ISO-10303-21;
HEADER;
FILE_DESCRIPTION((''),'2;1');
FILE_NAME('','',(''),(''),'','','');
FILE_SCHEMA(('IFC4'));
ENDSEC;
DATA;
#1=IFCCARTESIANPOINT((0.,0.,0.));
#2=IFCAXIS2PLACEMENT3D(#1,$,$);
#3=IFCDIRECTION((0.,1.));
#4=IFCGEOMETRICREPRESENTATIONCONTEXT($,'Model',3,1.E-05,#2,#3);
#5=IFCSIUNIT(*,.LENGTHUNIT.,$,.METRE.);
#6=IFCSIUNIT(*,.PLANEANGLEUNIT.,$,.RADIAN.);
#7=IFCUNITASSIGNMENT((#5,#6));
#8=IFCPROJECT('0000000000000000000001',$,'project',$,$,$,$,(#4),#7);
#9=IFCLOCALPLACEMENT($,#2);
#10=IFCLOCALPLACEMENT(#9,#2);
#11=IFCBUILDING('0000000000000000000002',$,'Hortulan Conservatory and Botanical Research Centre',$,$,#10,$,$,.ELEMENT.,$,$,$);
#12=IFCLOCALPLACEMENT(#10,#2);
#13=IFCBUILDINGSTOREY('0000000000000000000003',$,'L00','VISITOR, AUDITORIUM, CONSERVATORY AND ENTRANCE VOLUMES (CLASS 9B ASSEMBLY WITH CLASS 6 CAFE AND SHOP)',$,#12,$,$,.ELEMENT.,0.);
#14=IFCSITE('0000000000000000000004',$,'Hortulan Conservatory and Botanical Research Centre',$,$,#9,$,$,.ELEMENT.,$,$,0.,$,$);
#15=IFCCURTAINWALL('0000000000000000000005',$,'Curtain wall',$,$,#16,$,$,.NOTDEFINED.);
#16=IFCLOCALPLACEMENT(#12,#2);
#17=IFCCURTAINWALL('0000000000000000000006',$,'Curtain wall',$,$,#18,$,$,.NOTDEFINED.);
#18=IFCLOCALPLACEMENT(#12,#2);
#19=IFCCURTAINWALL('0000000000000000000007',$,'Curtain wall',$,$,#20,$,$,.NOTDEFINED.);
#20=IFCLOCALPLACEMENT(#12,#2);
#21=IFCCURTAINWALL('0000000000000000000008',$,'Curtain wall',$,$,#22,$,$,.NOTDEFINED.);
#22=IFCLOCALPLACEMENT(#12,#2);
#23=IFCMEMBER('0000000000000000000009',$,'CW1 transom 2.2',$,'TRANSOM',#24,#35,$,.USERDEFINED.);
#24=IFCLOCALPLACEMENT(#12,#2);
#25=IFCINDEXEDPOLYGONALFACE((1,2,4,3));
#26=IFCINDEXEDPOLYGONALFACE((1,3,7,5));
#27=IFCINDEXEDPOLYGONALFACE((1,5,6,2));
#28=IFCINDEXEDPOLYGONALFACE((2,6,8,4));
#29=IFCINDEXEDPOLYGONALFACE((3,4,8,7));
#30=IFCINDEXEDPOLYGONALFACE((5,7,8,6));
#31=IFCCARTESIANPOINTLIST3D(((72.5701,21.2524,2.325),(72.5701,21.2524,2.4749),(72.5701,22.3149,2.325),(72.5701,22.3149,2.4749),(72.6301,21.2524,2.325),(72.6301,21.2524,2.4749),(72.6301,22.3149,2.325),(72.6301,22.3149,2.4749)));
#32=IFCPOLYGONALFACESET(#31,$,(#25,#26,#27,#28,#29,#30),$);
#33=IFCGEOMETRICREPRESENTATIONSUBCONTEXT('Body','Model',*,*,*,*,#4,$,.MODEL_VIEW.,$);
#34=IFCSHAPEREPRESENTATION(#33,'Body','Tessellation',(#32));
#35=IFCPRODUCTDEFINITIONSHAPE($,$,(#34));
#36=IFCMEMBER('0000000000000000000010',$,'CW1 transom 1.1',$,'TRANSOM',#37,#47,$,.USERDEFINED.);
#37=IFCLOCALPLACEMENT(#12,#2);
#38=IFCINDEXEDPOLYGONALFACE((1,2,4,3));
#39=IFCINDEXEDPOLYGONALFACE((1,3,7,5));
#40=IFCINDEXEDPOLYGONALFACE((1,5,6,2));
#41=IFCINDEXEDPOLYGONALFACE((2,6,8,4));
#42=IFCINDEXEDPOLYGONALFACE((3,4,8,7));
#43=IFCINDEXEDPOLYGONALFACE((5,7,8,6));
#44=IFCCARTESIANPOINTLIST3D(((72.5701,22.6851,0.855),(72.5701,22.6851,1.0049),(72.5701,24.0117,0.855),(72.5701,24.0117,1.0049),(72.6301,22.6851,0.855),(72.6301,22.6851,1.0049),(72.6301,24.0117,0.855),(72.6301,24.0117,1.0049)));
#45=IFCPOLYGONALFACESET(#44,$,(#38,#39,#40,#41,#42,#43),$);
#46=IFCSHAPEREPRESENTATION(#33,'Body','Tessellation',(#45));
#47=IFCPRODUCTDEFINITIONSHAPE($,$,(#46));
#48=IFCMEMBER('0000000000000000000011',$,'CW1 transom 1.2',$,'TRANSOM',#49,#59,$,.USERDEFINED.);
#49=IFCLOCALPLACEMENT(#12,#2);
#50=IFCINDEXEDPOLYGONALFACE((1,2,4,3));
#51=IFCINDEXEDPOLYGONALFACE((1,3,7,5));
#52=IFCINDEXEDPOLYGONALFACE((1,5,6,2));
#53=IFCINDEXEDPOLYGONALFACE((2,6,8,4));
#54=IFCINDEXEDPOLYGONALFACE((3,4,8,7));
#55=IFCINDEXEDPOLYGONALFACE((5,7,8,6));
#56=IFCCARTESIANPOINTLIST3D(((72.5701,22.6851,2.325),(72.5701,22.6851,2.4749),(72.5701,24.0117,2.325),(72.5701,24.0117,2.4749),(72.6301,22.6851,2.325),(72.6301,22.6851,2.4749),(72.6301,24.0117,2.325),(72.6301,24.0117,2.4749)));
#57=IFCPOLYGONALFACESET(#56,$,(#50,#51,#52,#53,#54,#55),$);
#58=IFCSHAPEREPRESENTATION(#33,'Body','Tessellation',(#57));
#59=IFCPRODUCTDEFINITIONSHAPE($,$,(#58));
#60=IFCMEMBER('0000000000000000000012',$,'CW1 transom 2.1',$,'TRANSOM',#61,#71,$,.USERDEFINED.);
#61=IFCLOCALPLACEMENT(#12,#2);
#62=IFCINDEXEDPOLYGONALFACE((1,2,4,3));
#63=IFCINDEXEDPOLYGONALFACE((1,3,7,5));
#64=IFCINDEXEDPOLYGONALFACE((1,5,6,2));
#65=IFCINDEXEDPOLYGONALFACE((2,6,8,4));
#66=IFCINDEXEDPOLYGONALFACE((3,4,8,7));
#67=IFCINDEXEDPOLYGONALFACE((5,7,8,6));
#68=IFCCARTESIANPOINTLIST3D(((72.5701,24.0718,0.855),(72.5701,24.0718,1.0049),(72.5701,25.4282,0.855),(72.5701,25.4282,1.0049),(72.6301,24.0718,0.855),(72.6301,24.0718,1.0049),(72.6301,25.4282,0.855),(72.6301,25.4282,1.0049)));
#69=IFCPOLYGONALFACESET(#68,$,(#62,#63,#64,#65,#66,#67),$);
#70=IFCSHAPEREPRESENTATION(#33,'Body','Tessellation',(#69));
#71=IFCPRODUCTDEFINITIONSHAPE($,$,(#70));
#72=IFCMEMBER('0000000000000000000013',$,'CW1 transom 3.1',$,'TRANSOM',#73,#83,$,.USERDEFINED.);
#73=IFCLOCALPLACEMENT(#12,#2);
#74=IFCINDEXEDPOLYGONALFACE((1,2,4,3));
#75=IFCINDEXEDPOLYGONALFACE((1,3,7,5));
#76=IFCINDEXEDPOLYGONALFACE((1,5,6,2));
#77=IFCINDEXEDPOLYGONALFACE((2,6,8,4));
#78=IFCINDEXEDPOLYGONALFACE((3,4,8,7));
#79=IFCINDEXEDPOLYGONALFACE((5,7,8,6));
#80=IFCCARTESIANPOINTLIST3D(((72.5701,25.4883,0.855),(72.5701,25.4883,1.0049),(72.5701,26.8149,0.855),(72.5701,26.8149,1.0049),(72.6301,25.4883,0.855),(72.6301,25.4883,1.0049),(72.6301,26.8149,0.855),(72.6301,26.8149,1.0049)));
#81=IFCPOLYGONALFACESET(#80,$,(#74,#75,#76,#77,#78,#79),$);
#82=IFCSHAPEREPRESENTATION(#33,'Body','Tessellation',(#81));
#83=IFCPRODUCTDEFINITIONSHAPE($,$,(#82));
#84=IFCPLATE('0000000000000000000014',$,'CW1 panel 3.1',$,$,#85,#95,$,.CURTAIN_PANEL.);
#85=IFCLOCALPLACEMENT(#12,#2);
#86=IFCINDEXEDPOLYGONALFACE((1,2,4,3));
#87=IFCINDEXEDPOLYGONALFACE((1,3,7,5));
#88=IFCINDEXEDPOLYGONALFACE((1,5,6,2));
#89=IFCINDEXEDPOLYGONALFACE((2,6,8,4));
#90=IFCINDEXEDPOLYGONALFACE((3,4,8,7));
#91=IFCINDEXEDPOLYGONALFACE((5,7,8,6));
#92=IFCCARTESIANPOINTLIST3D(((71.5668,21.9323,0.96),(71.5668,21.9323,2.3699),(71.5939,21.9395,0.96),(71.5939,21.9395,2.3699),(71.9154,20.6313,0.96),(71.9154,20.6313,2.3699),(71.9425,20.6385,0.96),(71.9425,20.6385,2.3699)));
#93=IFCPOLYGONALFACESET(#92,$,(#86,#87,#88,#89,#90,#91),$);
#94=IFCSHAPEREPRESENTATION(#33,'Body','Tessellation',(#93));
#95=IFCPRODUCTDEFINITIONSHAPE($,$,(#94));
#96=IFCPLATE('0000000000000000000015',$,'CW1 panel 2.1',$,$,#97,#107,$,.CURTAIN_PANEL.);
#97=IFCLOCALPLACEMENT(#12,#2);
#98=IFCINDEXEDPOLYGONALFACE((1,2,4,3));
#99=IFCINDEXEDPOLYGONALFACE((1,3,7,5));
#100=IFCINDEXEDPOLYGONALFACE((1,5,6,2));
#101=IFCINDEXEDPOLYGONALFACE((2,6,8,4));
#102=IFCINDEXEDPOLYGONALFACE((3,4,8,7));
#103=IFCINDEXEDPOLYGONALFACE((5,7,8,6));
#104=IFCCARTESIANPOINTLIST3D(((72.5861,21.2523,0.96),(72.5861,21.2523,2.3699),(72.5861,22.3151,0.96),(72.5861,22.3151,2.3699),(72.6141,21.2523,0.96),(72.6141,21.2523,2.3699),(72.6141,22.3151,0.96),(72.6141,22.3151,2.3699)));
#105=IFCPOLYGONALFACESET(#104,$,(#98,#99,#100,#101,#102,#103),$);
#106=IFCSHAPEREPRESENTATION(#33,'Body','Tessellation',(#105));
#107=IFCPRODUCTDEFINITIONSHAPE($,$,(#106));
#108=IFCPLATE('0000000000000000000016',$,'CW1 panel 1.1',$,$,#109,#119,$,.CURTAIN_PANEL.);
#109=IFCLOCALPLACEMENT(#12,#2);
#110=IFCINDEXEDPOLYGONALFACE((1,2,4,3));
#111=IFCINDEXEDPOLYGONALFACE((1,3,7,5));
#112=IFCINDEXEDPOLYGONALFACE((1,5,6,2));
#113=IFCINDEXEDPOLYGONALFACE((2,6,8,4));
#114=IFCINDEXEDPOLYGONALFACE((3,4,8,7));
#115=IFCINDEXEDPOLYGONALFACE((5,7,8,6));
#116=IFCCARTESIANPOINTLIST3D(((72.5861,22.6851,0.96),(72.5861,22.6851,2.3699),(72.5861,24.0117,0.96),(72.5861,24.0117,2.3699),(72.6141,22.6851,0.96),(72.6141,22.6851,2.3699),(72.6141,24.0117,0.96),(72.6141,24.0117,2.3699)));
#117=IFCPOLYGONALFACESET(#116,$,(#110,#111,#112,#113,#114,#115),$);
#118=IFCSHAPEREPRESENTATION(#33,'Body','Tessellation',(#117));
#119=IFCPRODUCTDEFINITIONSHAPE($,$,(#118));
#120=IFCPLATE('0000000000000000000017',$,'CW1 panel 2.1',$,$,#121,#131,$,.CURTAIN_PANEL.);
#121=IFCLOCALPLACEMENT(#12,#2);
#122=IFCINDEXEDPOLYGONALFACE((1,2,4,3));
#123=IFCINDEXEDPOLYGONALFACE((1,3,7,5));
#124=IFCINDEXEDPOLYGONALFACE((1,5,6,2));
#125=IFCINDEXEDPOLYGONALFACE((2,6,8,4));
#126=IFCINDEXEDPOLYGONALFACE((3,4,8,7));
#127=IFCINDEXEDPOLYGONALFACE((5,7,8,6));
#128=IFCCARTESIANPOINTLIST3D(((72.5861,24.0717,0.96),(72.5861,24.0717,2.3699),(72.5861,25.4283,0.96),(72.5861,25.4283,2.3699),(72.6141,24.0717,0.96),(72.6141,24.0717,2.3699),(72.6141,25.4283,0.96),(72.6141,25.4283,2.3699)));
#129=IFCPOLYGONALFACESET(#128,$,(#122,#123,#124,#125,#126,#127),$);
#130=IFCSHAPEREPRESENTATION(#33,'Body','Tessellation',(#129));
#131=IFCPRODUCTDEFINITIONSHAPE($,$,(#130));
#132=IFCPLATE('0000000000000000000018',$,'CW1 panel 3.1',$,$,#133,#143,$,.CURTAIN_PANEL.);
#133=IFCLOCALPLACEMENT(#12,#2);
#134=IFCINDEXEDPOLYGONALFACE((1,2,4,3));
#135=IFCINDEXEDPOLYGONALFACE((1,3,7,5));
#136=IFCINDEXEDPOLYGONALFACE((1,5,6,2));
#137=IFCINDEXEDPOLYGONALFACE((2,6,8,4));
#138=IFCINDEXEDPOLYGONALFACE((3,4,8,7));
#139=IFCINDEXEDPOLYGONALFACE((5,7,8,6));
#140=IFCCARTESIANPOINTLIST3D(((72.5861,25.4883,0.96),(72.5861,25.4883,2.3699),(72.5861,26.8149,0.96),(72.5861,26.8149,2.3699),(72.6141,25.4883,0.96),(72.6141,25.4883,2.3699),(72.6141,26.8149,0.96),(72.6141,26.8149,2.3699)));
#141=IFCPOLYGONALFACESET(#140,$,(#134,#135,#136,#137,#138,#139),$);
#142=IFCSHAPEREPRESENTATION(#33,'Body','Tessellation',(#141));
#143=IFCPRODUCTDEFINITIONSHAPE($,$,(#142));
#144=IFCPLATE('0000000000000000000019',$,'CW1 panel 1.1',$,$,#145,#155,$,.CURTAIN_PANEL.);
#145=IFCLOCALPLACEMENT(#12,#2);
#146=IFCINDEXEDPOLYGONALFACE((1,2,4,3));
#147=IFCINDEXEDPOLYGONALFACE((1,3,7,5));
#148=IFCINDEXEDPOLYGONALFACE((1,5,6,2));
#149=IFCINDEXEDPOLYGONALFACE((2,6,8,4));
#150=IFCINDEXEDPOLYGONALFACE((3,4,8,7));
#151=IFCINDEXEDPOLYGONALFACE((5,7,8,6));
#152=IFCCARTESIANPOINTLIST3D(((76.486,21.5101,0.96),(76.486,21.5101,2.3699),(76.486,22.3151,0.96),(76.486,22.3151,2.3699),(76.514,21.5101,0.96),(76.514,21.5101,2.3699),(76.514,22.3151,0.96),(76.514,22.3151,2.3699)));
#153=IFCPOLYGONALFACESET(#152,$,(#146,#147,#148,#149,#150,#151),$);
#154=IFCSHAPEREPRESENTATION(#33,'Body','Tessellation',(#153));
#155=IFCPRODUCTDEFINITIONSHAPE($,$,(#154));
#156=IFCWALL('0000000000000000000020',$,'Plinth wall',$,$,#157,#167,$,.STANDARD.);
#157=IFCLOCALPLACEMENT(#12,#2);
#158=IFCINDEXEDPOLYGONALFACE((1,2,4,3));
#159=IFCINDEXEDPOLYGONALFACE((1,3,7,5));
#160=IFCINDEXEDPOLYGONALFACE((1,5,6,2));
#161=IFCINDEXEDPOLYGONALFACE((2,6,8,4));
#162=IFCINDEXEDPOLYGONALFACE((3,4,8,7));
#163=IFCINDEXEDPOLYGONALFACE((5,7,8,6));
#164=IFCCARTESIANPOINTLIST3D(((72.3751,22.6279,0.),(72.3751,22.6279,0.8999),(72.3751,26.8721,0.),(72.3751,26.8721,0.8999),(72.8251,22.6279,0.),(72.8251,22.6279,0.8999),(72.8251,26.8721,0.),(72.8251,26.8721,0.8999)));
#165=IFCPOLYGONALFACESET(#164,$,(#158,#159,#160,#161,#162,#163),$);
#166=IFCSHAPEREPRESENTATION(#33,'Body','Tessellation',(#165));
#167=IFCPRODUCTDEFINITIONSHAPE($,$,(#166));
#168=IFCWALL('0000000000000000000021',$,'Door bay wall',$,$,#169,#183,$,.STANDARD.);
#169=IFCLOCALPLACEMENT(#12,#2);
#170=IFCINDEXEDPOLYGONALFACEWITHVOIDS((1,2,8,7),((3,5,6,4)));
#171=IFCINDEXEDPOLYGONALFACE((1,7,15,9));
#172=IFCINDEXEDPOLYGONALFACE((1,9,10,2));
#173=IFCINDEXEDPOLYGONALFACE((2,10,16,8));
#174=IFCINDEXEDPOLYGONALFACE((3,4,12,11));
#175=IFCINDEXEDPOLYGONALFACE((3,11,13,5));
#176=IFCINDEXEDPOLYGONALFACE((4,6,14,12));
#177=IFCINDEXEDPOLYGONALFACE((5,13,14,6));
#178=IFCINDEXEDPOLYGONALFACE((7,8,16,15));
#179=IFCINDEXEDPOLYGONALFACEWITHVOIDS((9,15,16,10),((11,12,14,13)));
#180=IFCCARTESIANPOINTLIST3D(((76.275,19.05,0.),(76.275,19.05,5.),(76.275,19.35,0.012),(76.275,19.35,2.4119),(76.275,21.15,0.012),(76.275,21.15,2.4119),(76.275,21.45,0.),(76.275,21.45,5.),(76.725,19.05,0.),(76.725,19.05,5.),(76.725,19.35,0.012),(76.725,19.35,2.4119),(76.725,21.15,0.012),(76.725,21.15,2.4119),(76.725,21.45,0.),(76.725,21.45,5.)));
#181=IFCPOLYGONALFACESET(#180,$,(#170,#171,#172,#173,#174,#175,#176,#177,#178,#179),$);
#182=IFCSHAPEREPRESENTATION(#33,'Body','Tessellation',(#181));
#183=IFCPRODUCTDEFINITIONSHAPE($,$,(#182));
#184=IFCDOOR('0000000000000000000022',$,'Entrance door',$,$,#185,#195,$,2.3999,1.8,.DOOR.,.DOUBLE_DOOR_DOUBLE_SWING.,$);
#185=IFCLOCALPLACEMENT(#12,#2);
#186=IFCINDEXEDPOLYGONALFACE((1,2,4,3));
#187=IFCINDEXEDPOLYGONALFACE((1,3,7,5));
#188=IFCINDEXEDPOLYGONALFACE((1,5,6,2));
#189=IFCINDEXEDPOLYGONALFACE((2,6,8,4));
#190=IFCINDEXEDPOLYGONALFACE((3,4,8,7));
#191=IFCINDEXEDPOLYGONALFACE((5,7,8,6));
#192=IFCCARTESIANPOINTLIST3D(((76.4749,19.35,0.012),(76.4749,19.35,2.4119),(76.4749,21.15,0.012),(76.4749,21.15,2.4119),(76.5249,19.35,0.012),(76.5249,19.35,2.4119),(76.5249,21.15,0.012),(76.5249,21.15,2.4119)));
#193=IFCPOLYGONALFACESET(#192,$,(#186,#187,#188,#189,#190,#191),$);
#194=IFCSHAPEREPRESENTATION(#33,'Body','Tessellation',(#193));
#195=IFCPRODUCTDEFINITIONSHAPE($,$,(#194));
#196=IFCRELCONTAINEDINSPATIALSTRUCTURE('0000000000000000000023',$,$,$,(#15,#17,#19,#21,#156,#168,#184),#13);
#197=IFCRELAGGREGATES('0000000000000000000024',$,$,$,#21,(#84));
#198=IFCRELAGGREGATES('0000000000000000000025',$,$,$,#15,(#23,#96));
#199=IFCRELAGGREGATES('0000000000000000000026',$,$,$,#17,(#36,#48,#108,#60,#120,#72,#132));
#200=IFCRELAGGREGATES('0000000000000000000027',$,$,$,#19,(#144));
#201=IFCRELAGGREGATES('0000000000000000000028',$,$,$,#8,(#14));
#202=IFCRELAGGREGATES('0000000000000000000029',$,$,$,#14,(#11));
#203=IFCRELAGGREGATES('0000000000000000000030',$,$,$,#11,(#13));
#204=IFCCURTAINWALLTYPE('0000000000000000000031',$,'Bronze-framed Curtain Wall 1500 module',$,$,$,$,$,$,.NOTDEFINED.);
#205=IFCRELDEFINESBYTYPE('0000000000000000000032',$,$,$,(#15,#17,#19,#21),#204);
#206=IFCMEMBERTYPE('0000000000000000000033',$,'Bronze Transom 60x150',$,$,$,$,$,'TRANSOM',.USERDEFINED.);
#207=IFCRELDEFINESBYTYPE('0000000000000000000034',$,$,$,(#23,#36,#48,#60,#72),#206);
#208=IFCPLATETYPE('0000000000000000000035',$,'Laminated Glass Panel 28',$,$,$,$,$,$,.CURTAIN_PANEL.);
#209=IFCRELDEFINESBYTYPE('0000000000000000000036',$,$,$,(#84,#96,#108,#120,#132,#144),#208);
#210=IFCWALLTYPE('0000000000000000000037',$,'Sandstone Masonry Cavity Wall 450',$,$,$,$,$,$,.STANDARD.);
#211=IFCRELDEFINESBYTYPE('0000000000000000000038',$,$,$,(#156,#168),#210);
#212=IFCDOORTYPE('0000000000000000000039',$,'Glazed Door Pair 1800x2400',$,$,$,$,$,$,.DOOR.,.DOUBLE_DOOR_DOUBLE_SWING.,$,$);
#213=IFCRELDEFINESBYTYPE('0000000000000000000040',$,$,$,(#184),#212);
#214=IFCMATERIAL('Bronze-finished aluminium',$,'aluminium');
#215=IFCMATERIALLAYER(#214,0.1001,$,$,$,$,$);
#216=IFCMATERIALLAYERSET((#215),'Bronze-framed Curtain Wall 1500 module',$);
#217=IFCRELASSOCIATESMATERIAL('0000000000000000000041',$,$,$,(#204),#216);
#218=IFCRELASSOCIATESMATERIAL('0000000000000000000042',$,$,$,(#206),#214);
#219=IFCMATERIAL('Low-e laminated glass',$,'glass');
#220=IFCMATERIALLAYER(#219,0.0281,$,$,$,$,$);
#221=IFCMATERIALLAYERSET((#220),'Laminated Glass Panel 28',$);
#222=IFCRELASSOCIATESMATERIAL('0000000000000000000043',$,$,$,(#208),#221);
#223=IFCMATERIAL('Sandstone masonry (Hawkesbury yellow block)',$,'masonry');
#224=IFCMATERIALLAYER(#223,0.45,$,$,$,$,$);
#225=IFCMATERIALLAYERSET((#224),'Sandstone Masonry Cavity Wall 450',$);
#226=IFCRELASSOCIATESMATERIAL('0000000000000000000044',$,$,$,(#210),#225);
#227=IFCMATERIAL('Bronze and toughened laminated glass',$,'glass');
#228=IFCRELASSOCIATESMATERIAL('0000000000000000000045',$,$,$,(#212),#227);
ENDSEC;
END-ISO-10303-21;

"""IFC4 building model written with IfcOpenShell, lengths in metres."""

from ifc_helpers import new_model, si_unit, direction, frame, frame_2d, origin, origin_2d, place, context, subcontext, project, spatial, rectangle, extrude, material, layer, layer_set, material_profile, profile_set, type_object, element, fill, aggregate, save


model = new_model("IFC4")

# Units and contexts
model_context = context("Model", 3, precision=1e-05, world=origin(), true_north=direction((0.0, 1.0)))
body_context = subcontext(model_context, "Body", "Model", "MODEL_VIEW")
ifc_project = project(units=[si_unit("LENGTHUNIT", "METRE"), si_unit("PLANEANGLEUNIT", "RADIAN")], contexts=[model_context])

# Site, building, storey
site_placement = place(None, origin())
site = spatial("IfcSite", under=ifc_project, at=site_placement, Name="Hortulan Conservatory and Botanical Research Centre", CompositionType="ELEMENT", RefElevation=0.0)
building_placement = place(site_placement, origin())
building = spatial("IfcBuilding", under=site, at=building_placement, Name="Hortulan Conservatory and Botanical Research Centre", CompositionType="ELEMENT")
storey_placement = place(building_placement, origin())
storey = spatial("IfcBuildingStorey", under=building, at=storey_placement, Name="L00", Description="VISITOR, AUDITORIUM, CONSERVATORY AND ENTRANCE VOLUMES (CLASS 9B ASSEMBLY WITH CLASS 6 CAFE AND SHOP)", CompositionType="ELEMENT", Elevation=0.0)

# Curtain walls
ifc_material_1 = material(Name="Bronze-finished aluminium", Category="aluminium")
ifc_layer_1 = layer(ifc_material_1, 0.1001)
ifc_layer_set_1 = layer_set([ifc_layer_1], Name="Bronze-framed Curtain Wall 1500 module")
curtain_wall_type = type_object("IfcCurtainWallType", Name="Bronze-framed Curtain Wall 1500 module", PredefinedType="NOTDEFINED", material=ifc_layer_set_1)
curtain_wall_1_placement = place(storey_placement, origin())
curtain_wall_1 = element("IfcCurtainWall", 1, at=curtain_wall_1_placement, inside=storey, type_object=curtain_wall_type, Name="Curtain wall", PredefinedType="NOTDEFINED")
curtain_wall_2_placement = place(storey_placement, origin())
curtain_wall_2 = element("IfcCurtainWall", 2, at=curtain_wall_2_placement, inside=storey, type_object=curtain_wall_type, Name="Curtain wall", PredefinedType="NOTDEFINED")

# Curtain wall
curtain_wall_3_placement = place(storey_placement, origin())
curtain_wall_3 = element("IfcCurtainWall", 3, at=curtain_wall_3_placement, inside=storey, type_object=curtain_wall_type, Name="Curtain wall", PredefinedType="NOTDEFINED")

# Curtain wall
curtain_wall_4_placement = place(storey_placement, origin())
curtain_wall_4 = element("IfcCurtainWall", 4, at=curtain_wall_4_placement, inside=storey, type_object=curtain_wall_type, Name="Curtain wall", PredefinedType="NOTDEFINED")
ifc_material_profile_1 = material_profile(ifc_material_1, rectangle(XDim=0.0601, YDim=0.1499, at=origin_2d()), Name="Bronze Transom 60x150")
ifc_profile_set_1 = profile_set([ifc_material_profile_1], Name="Bronze-finished aluminium")
member_type_1 = type_object("IfcMemberType", Name="Bronze Transom 60x150", ElementType="TRANSOM", PredefinedType="USERDEFINED", material=ifc_profile_set_1)

# Members
member_1_placement = place(storey_placement, frame((72.6001, 21.2524, 2.3999), z_axis=(0.0, 1.0, 0.0), x_axis=(-1.0, 0.0, 0.0)))
member_1 = element("IfcMember", 5, at=member_1_placement, type_object=member_type_1, Name="CW1 transom 2.2", ObjectType="TRANSOM", PredefinedType="USERDEFINED", context=body_context, shape_type="SweptSolid", body=[
    extrude(rectangle(XDim=0.0601, YDim=0.1499, at=origin_2d()), origin(), (0.0, 0.0, 1.0), 1.0625),
])
member_2_placement = place(storey_placement, frame((72.6001, 22.6851, 0.9299), z_axis=(0.0, 1.0, 0.0), x_axis=(-1.0, 0.0, 0.0)))
member_2 = element("IfcMember", 6, at=member_2_placement, type_object=member_type_1, Name="CW1 transom 1.1", ObjectType="TRANSOM", PredefinedType="USERDEFINED", context=body_context, shape_type="SweptSolid", body=[
    extrude(rectangle(XDim=0.0601, YDim=0.1499, at=origin_2d()), origin(), (0.0, 0.0, 1.0), 1.3267),
])
member_3_placement = place(storey_placement, frame((72.6001, 22.6851, 2.3999), z_axis=(0.0, 1.0, 0.0), x_axis=(-1.0, 0.0, 0.0)))
member_3 = element("IfcMember", 7, at=member_3_placement, type_object=member_type_1, Name="CW1 transom 1.2", ObjectType="TRANSOM", PredefinedType="USERDEFINED", context=body_context, shape_type="SweptSolid", body=[
    extrude(rectangle(XDim=0.0601, YDim=0.1499, at=origin_2d()), origin(), (0.0, 0.0, 1.0), 1.3267),
])
member_4_placement = place(storey_placement, frame((72.6001, 24.0718, 0.9299), z_axis=(0.0, 1.0, 0.0), x_axis=(-1.0, 0.0, 0.0)))
member_4 = element("IfcMember", 8, at=member_4_placement, type_object=member_type_1, Name="CW1 transom 2.1", ObjectType="TRANSOM", PredefinedType="USERDEFINED", context=body_context, shape_type="SweptSolid", body=[
    extrude(rectangle(XDim=0.0601, YDim=0.1499, at=origin_2d()), origin(), (0.0, 0.0, 1.0), 1.3564),
])
member_5_placement = place(storey_placement, frame((72.6001, 25.4883, 0.9299), z_axis=(0.0, 1.0, 0.0), x_axis=(-1.0, 0.0, 0.0)))
member_5 = element("IfcMember", 9, at=member_5_placement, type_object=member_type_1, Name="CW1 transom 3.1", ObjectType="TRANSOM", PredefinedType="USERDEFINED", context=body_context, shape_type="SweptSolid", body=[
    extrude(rectangle(XDim=0.0601, YDim=0.1499, at=origin_2d()), origin(), (0.0, 0.0, 1.0), 1.3267),
])

# Plates
ifc_material_2 = material(Name="Low-e laminated glass", Category="glass")
ifc_layer_2 = layer(ifc_material_2, 0.0281)
ifc_layer_set_2 = layer_set([ifc_layer_2], Name="Laminated Glass Panel 28")
plate_type = type_object("IfcPlateType", Name="Laminated Glass Panel 28", PredefinedType="CURTAIN_PANEL", material=ifc_layer_set_2)
plate_1_placement = place(storey_placement, frame((71.7546, 21.2854, 0.96), z_axis=(0.0, 0.0, 1.0), x_axis=(0.258832, -0.965922, 0.0)))
plate_1 = element("IfcPlate", 10, at=plate_1_placement, type_object=plate_type, Name="CW1 panel 3.1", PredefinedType="CURTAIN_PANEL", context=body_context, shape_type="SweptSolid", body=[
    extrude(rectangle(XDim=1.3469, YDim=0.0281, at=origin_2d()), origin(), (0.0, 0.0, 1.0), 1.4099),
])
aggregate(curtain_wall_4, [plate_1])
plate_2_placement = place(storey_placement, frame((72.6001, 21.7837, 0.96), z_axis=(0.0, 0.0, 1.0), x_axis=(0.0, 1.0, 0.0)))
plate_2 = element("IfcPlate", 11, at=plate_2_placement, type_object=plate_type, Name="CW1 panel 2.1", PredefinedType="CURTAIN_PANEL", context=body_context, shape_type="SweptSolid", body=[
    extrude(rectangle(XDim=1.0627, YDim=0.0281, at=origin_2d()), origin(), (0.0, 0.0, 1.0), 1.4099),
])
aggregate(curtain_wall_1, [member_1, plate_2])
plate_3_placement = place(storey_placement, frame((72.6001, 23.3484, 0.96), z_axis=(0.0, 0.0, 1.0), x_axis=(0.0, 1.0, 0.0)))
plate_3 = element("IfcPlate", 12, at=plate_3_placement, type_object=plate_type, Name="CW1 panel 1.1", PredefinedType="CURTAIN_PANEL", context=body_context, shape_type="SweptSolid", body=[
    extrude(rectangle(XDim=1.3267, YDim=0.0281, at=origin_2d()), origin(), (0.0, 0.0, 1.0), 1.4099),
])
plate_4_placement = place(storey_placement, frame((72.6001, 24.75, 0.96), z_axis=(0.0, 0.0, 1.0), x_axis=(0.0, 1.0, 0.0)))
plate_4 = element("IfcPlate", 13, at=plate_4_placement, type_object=plate_type, Name="CW1 panel 2.1", PredefinedType="CURTAIN_PANEL", context=body_context, shape_type="SweptSolid", body=[
    extrude(rectangle(XDim=1.3567, YDim=0.0281, at=origin_2d()), origin(), (0.0, 0.0, 1.0), 1.4099),
])
plate_5_placement = place(storey_placement, frame((72.6001, 26.1516, 0.96), z_axis=(0.0, 0.0, 1.0), x_axis=(0.0, 1.0, 0.0)))
plate_5 = element("IfcPlate", 14, at=plate_5_placement, type_object=plate_type, Name="CW1 panel 3.1", PredefinedType="CURTAIN_PANEL", context=body_context, shape_type="SweptSolid", body=[
    extrude(rectangle(XDim=1.3267, YDim=0.0281, at=origin_2d()), origin(), (0.0, 0.0, 1.0), 1.4099),
])
aggregate(curtain_wall_2, [member_2, member_3, plate_3, member_4, plate_4, member_5, plate_5])
plate_6_placement = place(storey_placement, frame((76.5, 21.9126, 0.96), z_axis=(0.0, 0.0, 1.0), x_axis=(0.0, -1.0, 0.0)))
plate_6 = element("IfcPlate", 15, at=plate_6_placement, type_object=plate_type, Name="CW1 panel 1.1", PredefinedType="CURTAIN_PANEL", context=body_context, shape_type="SweptSolid", body=[
    extrude(rectangle(XDim=0.8049, YDim=0.0281, at=origin_2d()), origin(), (0.0, 0.0, 1.0), 1.4099),
])
aggregate(curtain_wall_3, [plate_6])

# Wall
ifc_material_3 = material(Name="Sandstone masonry (Hawkesbury yellow block)", Category="masonry")
ifc_layer_3 = layer(ifc_material_3, 0.45)
ifc_layer_set_3 = layer_set([ifc_layer_3], Name="Sandstone Masonry Cavity Wall 450")
wall_type = type_object("IfcWallType", Name="Sandstone Masonry Cavity Wall 450", PredefinedType="STANDARD", material=ifc_layer_set_3)
wall_1_placement = place(storey_placement, frame((72.6001, 22.6279, 0.0), z_axis=(0.0, 0.0, 1.0), x_axis=(0.0, 1.0, 0.0)))
element("IfcWall", 16, at=wall_1_placement, inside=storey, type_object=wall_type, Name="Plinth wall", PredefinedType="STANDARD", context=body_context, shape_type="SweptSolid", body=[
    extrude(rectangle(XDim=4.2441, YDim=0.45, at=frame_2d((2.1221, 0.0))), origin(), (0.0, 0.0, 1.0), 0.8999),
])

# Wall, opening, door
wall_2_placement = place(storey_placement, frame((76.5, 21.45, 0.0), z_axis=(0.0, 0.0, 1.0), x_axis=(0.0, -1.0, 0.0)))
wall_2 = element("IfcWall", 17, at=wall_2_placement, inside=storey, type_object=wall_type, Name="Door bay wall", PredefinedType="STANDARD", context=body_context, shape_type="SweptSolid", body=[
    extrude(rectangle(XDim=2.3999, YDim=0.45, at=frame_2d((1.2, 0.0))), origin(), (0.0, 0.0, 1.0), 5.0),
])
opening_placement = place(wall_2_placement, frame((0.3, 0.0, 0.012)))
opening = element("IfcOpeningElement", 18, at=opening_placement, cuts=wall_2, PredefinedType="OPENING", context=body_context, shape_type="SweptSolid", body=[
    extrude(rectangle(XDim=1.8, YDim=2.3999, at=frame_2d((0.8999, 1.2))), frame((0.0, 0.2349, 0.0), z_axis=(0.0, -1.0, 0.0), x_axis=(1.0, 0.0, 0.0)), (0.0, 0.0, 1.0), 0.47),
])
ifc_material_4 = material(Name="Bronze and toughened laminated glass", Category="glass")
door_type = type_object("IfcDoorType", Name="Glazed Door Pair 1800x2400", OperationType="DOUBLE_DOOR_DOUBLE_SWING", PredefinedType="DOOR", material=ifc_material_4)
door_placement = place(opening_placement, origin())
door = element("IfcDoor", 19, at=door_placement, inside=storey, type_object=door_type, Name="Entrance door", OperationType="DOUBLE_DOOR_DOUBLE_SWING", OverallHeight=2.3999, OverallWidth=1.8, PredefinedType="DOOR", context=body_context, shape_type="SweptSolid", body=[
    extrude(rectangle(XDim=1.8, YDim=2.3999, at=frame_2d((0.8999, 1.2))), frame((0.0, 0.0249, 0.0), z_axis=(0.0, -1.0, 0.0), x_axis=(1.0, 0.0, 0.0)), (0.0, 0.0, 1.0), 0.05),
])
fill(opening, door)

save(model, "model.ifc")
